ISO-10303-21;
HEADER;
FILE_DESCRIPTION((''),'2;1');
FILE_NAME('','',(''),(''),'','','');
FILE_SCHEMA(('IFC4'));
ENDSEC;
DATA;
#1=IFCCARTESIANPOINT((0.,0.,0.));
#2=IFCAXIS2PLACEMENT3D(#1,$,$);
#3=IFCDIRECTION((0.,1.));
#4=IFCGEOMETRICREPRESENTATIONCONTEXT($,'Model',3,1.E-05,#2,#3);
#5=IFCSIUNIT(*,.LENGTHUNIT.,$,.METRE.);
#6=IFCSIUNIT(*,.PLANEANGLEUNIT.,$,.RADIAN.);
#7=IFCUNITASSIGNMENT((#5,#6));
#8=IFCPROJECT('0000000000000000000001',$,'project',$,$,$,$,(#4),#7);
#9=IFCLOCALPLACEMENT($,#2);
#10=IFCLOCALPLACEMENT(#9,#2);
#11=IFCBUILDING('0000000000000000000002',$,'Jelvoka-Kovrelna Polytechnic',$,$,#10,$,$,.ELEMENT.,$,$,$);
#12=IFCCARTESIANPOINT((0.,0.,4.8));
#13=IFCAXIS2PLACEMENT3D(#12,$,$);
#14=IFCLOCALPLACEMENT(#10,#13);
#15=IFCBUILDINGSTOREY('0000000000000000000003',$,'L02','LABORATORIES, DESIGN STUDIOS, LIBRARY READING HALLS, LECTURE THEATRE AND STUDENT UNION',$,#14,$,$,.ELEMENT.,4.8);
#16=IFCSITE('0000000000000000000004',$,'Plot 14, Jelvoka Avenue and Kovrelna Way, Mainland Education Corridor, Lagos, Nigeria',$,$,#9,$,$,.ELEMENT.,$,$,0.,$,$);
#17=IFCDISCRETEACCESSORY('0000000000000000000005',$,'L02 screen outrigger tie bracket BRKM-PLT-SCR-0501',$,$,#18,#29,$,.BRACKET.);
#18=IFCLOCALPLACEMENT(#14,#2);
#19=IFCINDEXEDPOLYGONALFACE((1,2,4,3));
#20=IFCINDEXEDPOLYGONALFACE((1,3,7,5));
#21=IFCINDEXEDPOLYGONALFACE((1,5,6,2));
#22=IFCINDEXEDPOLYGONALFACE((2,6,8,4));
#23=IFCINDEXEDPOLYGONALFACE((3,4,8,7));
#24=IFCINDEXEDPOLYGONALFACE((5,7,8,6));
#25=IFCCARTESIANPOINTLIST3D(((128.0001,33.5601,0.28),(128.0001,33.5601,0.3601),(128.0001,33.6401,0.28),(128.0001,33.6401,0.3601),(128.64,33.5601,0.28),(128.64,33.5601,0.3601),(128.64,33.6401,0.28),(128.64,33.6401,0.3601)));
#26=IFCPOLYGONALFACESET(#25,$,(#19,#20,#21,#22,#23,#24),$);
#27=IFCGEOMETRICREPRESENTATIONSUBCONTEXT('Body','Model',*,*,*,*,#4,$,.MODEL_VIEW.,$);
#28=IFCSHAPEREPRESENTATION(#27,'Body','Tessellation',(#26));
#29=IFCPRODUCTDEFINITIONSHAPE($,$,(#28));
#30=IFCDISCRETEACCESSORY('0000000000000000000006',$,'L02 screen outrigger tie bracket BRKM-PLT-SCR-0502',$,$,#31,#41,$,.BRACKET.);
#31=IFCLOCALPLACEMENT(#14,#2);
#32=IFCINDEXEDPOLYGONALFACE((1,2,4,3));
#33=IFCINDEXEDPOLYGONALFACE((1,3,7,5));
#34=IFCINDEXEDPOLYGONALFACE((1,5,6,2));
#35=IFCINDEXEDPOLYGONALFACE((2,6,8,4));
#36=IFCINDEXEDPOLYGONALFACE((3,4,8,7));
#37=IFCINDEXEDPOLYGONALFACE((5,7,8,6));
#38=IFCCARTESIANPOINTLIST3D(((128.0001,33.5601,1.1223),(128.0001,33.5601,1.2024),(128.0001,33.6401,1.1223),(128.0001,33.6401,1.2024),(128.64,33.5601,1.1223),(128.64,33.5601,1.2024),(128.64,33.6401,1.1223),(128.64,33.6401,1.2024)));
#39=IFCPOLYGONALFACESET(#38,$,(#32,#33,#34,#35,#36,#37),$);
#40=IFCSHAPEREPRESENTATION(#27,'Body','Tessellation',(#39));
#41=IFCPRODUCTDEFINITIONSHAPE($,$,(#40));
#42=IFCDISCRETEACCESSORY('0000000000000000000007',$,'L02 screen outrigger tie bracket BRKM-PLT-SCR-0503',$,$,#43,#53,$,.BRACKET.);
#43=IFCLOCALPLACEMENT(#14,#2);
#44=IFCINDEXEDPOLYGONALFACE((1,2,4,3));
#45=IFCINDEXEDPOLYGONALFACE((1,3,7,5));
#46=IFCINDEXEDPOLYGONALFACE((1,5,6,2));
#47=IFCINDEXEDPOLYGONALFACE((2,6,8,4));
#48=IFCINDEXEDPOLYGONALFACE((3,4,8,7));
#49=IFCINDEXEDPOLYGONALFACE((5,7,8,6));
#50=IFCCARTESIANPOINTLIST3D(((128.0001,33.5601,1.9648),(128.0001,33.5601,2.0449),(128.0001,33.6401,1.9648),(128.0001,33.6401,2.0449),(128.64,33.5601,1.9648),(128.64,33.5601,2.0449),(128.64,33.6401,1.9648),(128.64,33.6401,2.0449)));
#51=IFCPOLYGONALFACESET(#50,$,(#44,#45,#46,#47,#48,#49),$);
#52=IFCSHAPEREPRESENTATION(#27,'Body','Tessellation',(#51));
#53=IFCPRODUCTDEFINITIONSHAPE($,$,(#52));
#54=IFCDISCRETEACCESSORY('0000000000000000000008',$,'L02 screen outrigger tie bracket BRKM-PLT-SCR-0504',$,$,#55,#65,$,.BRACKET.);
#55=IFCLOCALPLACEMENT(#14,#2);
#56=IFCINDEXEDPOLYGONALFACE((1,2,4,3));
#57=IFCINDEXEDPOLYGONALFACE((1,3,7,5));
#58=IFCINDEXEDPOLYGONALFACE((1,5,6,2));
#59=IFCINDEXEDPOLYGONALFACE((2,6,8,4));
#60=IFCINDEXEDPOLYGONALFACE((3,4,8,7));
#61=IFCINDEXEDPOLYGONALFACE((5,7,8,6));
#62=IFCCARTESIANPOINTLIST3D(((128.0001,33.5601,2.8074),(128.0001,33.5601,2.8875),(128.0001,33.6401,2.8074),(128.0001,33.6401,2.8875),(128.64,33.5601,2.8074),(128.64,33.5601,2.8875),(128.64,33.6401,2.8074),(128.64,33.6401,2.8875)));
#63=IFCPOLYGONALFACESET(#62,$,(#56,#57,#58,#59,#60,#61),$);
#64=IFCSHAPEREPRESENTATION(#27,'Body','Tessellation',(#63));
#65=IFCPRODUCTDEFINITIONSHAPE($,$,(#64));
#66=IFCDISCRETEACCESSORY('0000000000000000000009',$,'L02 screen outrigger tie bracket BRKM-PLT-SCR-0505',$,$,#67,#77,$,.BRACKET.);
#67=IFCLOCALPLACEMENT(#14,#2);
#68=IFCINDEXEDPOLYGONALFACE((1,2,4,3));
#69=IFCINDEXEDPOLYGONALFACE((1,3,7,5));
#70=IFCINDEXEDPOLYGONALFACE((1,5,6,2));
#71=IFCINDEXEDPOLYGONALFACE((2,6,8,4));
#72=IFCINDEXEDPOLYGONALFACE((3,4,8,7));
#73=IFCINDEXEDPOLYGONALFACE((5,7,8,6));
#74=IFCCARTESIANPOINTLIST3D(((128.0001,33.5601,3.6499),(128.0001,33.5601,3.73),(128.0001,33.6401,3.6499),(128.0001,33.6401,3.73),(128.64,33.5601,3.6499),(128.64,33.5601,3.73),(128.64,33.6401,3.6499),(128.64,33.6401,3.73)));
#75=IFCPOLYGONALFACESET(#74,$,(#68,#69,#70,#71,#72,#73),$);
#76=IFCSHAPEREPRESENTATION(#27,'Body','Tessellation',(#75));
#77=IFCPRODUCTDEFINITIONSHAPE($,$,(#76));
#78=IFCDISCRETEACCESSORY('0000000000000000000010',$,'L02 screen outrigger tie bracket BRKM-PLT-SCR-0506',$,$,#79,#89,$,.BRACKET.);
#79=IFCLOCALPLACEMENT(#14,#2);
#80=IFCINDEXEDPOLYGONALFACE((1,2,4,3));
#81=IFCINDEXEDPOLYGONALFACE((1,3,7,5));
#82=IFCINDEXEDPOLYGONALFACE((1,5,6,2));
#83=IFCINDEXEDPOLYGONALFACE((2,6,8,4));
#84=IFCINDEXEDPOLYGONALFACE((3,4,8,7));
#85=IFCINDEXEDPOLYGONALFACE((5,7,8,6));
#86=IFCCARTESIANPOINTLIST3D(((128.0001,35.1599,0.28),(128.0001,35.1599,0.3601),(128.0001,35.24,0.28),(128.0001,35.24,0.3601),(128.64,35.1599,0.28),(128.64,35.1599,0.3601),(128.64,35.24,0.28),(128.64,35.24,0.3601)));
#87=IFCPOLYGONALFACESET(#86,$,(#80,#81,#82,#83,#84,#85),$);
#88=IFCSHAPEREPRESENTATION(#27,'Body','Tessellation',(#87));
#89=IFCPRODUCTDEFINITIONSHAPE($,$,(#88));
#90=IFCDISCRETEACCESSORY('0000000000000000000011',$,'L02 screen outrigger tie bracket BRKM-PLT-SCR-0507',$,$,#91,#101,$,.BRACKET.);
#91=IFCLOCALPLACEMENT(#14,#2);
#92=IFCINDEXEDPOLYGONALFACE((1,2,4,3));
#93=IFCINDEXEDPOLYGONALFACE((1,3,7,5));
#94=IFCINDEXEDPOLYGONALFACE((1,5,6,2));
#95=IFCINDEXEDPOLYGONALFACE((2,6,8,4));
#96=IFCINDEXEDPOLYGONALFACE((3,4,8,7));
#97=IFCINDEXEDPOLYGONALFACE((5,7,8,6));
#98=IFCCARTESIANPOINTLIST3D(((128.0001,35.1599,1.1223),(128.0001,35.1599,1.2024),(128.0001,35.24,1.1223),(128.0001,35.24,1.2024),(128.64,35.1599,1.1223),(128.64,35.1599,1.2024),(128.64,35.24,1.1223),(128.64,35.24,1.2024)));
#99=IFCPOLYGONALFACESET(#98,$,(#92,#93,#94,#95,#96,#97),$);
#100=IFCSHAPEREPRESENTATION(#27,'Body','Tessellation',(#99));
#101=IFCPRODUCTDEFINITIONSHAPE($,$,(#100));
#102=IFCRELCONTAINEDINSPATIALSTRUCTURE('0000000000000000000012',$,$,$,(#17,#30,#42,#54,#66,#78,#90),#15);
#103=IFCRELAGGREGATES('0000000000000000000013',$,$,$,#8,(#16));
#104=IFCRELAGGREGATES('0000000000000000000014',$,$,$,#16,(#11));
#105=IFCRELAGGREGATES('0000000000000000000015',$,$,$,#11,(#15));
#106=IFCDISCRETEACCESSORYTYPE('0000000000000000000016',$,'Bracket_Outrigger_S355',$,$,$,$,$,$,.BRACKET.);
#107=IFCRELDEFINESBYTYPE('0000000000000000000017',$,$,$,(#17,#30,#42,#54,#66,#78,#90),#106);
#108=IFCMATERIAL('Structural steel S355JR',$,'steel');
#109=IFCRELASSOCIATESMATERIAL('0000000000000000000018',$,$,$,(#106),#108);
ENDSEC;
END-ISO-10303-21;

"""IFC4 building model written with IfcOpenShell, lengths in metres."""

from ifc_helpers import new_model, si_unit, direction, frame, origin, origin_2d, place, context, subcontext, project, spatial, rectangle, extrude, material, type_object, element, save


model = new_model("IFC4")

# Units and contexts
model_context = context("Model", 3, precision=1e-05, world=origin(), true_north=direction((0.0, 1.0)))
body_context = subcontext(model_context, "Body", "Model", "MODEL_VIEW")
ifc_project = project(units=[si_unit("LENGTHUNIT", "METRE"), si_unit("PLANEANGLEUNIT", "RADIAN")], contexts=[model_context])

# Site, building, storey
site_placement = place(None, origin())
site = spatial("IfcSite", under=ifc_project, at=site_placement, Name="Plot 14, Jelvoka Avenue and Kovrelna Way, Mainland Education Corridor, Lagos, Nigeria", CompositionType="ELEMENT", RefElevation=0.0)
building_placement = place(site_placement, origin())
building = spatial("IfcBuilding", under=site, at=building_placement, Name="Jelvoka-Kovrelna Polytechnic", CompositionType="ELEMENT")
storey_placement = place(building_placement, frame((0.0, 0.0, 4.8)))
storey = spatial("IfcBuildingStorey", under=building, at=storey_placement, Name="L02", Description="LABORATORIES, DESIGN STUDIOS, LIBRARY READING HALLS, LECTURE THEATRE AND STUDENT UNION", CompositionType="ELEMENT", Elevation=4.8)

# Discrete accessories
ifc_material_1 = material(Name="Structural steel S355JR", Category="steel")
discrete_accessory_type = type_object("IfcDiscreteAccessoryType", Name="Bracket_Outrigger_S355", PredefinedType="BRACKET", material=ifc_material_1)
for number, where, z_axis, x_axis, name in (
    (1, (128.3201, 33.6001, 0.28), (0.0, 0.0, 1.0), (1.0, 0.0, 0.0), "L02 screen outrigger tie bracket BRKM-PLT-SCR-0501"),
    (2, (128.3201, 33.6001, 1.1223), (0.0, 0.0, 1.0), (1.0, 0.0, 0.0), "L02 screen outrigger tie bracket BRKM-PLT-SCR-0502"),
    (3, (128.3201, 33.6001, 1.9648), (0.0, 0.0, 1.0), (1.0, 0.0, 0.0), "L02 screen outrigger tie bracket BRKM-PLT-SCR-0503"),
    (4, (128.3201, 33.6001, 2.8074), (0.0, 0.0, 1.0), (1.0, 0.0, 0.0), "L02 screen outrigger tie bracket BRKM-PLT-SCR-0504"),
    (5, (128.3201, 33.6001, 3.6499), (0.0, 0.0, 1.0), (1.0, 0.0, 0.0), "L02 screen outrigger tie bracket BRKM-PLT-SCR-0505"),
    (6, (128.3201, 35.2, 0.28), (0.0, 0.0, 1.0), (1.0, 0.0, 0.0), "L02 screen outrigger tie bracket BRKM-PLT-SCR-0506"),
    (7, (128.3201, 35.2, 1.1223), (0.0, 0.0, 1.0), (1.0, 0.0, 0.0), "L02 screen outrigger tie bracket BRKM-PLT-SCR-0507"),
):
    element("IfcDiscreteAccessory", number, at=place(storey_placement, frame(where, z_axis=z_axis, x_axis=x_axis)), inside=storey, type_object=discrete_accessory_type, Name=name, PredefinedType="BRACKET", context=body_context, shape_type="SweptSolid", body=[
        extrude(rectangle(XDim=0.6399, YDim=0.0801, at=origin_2d()), origin(), (0.0, 0.0, 1.0), 0.0801),
    ])

save(model, "model.ifc")
